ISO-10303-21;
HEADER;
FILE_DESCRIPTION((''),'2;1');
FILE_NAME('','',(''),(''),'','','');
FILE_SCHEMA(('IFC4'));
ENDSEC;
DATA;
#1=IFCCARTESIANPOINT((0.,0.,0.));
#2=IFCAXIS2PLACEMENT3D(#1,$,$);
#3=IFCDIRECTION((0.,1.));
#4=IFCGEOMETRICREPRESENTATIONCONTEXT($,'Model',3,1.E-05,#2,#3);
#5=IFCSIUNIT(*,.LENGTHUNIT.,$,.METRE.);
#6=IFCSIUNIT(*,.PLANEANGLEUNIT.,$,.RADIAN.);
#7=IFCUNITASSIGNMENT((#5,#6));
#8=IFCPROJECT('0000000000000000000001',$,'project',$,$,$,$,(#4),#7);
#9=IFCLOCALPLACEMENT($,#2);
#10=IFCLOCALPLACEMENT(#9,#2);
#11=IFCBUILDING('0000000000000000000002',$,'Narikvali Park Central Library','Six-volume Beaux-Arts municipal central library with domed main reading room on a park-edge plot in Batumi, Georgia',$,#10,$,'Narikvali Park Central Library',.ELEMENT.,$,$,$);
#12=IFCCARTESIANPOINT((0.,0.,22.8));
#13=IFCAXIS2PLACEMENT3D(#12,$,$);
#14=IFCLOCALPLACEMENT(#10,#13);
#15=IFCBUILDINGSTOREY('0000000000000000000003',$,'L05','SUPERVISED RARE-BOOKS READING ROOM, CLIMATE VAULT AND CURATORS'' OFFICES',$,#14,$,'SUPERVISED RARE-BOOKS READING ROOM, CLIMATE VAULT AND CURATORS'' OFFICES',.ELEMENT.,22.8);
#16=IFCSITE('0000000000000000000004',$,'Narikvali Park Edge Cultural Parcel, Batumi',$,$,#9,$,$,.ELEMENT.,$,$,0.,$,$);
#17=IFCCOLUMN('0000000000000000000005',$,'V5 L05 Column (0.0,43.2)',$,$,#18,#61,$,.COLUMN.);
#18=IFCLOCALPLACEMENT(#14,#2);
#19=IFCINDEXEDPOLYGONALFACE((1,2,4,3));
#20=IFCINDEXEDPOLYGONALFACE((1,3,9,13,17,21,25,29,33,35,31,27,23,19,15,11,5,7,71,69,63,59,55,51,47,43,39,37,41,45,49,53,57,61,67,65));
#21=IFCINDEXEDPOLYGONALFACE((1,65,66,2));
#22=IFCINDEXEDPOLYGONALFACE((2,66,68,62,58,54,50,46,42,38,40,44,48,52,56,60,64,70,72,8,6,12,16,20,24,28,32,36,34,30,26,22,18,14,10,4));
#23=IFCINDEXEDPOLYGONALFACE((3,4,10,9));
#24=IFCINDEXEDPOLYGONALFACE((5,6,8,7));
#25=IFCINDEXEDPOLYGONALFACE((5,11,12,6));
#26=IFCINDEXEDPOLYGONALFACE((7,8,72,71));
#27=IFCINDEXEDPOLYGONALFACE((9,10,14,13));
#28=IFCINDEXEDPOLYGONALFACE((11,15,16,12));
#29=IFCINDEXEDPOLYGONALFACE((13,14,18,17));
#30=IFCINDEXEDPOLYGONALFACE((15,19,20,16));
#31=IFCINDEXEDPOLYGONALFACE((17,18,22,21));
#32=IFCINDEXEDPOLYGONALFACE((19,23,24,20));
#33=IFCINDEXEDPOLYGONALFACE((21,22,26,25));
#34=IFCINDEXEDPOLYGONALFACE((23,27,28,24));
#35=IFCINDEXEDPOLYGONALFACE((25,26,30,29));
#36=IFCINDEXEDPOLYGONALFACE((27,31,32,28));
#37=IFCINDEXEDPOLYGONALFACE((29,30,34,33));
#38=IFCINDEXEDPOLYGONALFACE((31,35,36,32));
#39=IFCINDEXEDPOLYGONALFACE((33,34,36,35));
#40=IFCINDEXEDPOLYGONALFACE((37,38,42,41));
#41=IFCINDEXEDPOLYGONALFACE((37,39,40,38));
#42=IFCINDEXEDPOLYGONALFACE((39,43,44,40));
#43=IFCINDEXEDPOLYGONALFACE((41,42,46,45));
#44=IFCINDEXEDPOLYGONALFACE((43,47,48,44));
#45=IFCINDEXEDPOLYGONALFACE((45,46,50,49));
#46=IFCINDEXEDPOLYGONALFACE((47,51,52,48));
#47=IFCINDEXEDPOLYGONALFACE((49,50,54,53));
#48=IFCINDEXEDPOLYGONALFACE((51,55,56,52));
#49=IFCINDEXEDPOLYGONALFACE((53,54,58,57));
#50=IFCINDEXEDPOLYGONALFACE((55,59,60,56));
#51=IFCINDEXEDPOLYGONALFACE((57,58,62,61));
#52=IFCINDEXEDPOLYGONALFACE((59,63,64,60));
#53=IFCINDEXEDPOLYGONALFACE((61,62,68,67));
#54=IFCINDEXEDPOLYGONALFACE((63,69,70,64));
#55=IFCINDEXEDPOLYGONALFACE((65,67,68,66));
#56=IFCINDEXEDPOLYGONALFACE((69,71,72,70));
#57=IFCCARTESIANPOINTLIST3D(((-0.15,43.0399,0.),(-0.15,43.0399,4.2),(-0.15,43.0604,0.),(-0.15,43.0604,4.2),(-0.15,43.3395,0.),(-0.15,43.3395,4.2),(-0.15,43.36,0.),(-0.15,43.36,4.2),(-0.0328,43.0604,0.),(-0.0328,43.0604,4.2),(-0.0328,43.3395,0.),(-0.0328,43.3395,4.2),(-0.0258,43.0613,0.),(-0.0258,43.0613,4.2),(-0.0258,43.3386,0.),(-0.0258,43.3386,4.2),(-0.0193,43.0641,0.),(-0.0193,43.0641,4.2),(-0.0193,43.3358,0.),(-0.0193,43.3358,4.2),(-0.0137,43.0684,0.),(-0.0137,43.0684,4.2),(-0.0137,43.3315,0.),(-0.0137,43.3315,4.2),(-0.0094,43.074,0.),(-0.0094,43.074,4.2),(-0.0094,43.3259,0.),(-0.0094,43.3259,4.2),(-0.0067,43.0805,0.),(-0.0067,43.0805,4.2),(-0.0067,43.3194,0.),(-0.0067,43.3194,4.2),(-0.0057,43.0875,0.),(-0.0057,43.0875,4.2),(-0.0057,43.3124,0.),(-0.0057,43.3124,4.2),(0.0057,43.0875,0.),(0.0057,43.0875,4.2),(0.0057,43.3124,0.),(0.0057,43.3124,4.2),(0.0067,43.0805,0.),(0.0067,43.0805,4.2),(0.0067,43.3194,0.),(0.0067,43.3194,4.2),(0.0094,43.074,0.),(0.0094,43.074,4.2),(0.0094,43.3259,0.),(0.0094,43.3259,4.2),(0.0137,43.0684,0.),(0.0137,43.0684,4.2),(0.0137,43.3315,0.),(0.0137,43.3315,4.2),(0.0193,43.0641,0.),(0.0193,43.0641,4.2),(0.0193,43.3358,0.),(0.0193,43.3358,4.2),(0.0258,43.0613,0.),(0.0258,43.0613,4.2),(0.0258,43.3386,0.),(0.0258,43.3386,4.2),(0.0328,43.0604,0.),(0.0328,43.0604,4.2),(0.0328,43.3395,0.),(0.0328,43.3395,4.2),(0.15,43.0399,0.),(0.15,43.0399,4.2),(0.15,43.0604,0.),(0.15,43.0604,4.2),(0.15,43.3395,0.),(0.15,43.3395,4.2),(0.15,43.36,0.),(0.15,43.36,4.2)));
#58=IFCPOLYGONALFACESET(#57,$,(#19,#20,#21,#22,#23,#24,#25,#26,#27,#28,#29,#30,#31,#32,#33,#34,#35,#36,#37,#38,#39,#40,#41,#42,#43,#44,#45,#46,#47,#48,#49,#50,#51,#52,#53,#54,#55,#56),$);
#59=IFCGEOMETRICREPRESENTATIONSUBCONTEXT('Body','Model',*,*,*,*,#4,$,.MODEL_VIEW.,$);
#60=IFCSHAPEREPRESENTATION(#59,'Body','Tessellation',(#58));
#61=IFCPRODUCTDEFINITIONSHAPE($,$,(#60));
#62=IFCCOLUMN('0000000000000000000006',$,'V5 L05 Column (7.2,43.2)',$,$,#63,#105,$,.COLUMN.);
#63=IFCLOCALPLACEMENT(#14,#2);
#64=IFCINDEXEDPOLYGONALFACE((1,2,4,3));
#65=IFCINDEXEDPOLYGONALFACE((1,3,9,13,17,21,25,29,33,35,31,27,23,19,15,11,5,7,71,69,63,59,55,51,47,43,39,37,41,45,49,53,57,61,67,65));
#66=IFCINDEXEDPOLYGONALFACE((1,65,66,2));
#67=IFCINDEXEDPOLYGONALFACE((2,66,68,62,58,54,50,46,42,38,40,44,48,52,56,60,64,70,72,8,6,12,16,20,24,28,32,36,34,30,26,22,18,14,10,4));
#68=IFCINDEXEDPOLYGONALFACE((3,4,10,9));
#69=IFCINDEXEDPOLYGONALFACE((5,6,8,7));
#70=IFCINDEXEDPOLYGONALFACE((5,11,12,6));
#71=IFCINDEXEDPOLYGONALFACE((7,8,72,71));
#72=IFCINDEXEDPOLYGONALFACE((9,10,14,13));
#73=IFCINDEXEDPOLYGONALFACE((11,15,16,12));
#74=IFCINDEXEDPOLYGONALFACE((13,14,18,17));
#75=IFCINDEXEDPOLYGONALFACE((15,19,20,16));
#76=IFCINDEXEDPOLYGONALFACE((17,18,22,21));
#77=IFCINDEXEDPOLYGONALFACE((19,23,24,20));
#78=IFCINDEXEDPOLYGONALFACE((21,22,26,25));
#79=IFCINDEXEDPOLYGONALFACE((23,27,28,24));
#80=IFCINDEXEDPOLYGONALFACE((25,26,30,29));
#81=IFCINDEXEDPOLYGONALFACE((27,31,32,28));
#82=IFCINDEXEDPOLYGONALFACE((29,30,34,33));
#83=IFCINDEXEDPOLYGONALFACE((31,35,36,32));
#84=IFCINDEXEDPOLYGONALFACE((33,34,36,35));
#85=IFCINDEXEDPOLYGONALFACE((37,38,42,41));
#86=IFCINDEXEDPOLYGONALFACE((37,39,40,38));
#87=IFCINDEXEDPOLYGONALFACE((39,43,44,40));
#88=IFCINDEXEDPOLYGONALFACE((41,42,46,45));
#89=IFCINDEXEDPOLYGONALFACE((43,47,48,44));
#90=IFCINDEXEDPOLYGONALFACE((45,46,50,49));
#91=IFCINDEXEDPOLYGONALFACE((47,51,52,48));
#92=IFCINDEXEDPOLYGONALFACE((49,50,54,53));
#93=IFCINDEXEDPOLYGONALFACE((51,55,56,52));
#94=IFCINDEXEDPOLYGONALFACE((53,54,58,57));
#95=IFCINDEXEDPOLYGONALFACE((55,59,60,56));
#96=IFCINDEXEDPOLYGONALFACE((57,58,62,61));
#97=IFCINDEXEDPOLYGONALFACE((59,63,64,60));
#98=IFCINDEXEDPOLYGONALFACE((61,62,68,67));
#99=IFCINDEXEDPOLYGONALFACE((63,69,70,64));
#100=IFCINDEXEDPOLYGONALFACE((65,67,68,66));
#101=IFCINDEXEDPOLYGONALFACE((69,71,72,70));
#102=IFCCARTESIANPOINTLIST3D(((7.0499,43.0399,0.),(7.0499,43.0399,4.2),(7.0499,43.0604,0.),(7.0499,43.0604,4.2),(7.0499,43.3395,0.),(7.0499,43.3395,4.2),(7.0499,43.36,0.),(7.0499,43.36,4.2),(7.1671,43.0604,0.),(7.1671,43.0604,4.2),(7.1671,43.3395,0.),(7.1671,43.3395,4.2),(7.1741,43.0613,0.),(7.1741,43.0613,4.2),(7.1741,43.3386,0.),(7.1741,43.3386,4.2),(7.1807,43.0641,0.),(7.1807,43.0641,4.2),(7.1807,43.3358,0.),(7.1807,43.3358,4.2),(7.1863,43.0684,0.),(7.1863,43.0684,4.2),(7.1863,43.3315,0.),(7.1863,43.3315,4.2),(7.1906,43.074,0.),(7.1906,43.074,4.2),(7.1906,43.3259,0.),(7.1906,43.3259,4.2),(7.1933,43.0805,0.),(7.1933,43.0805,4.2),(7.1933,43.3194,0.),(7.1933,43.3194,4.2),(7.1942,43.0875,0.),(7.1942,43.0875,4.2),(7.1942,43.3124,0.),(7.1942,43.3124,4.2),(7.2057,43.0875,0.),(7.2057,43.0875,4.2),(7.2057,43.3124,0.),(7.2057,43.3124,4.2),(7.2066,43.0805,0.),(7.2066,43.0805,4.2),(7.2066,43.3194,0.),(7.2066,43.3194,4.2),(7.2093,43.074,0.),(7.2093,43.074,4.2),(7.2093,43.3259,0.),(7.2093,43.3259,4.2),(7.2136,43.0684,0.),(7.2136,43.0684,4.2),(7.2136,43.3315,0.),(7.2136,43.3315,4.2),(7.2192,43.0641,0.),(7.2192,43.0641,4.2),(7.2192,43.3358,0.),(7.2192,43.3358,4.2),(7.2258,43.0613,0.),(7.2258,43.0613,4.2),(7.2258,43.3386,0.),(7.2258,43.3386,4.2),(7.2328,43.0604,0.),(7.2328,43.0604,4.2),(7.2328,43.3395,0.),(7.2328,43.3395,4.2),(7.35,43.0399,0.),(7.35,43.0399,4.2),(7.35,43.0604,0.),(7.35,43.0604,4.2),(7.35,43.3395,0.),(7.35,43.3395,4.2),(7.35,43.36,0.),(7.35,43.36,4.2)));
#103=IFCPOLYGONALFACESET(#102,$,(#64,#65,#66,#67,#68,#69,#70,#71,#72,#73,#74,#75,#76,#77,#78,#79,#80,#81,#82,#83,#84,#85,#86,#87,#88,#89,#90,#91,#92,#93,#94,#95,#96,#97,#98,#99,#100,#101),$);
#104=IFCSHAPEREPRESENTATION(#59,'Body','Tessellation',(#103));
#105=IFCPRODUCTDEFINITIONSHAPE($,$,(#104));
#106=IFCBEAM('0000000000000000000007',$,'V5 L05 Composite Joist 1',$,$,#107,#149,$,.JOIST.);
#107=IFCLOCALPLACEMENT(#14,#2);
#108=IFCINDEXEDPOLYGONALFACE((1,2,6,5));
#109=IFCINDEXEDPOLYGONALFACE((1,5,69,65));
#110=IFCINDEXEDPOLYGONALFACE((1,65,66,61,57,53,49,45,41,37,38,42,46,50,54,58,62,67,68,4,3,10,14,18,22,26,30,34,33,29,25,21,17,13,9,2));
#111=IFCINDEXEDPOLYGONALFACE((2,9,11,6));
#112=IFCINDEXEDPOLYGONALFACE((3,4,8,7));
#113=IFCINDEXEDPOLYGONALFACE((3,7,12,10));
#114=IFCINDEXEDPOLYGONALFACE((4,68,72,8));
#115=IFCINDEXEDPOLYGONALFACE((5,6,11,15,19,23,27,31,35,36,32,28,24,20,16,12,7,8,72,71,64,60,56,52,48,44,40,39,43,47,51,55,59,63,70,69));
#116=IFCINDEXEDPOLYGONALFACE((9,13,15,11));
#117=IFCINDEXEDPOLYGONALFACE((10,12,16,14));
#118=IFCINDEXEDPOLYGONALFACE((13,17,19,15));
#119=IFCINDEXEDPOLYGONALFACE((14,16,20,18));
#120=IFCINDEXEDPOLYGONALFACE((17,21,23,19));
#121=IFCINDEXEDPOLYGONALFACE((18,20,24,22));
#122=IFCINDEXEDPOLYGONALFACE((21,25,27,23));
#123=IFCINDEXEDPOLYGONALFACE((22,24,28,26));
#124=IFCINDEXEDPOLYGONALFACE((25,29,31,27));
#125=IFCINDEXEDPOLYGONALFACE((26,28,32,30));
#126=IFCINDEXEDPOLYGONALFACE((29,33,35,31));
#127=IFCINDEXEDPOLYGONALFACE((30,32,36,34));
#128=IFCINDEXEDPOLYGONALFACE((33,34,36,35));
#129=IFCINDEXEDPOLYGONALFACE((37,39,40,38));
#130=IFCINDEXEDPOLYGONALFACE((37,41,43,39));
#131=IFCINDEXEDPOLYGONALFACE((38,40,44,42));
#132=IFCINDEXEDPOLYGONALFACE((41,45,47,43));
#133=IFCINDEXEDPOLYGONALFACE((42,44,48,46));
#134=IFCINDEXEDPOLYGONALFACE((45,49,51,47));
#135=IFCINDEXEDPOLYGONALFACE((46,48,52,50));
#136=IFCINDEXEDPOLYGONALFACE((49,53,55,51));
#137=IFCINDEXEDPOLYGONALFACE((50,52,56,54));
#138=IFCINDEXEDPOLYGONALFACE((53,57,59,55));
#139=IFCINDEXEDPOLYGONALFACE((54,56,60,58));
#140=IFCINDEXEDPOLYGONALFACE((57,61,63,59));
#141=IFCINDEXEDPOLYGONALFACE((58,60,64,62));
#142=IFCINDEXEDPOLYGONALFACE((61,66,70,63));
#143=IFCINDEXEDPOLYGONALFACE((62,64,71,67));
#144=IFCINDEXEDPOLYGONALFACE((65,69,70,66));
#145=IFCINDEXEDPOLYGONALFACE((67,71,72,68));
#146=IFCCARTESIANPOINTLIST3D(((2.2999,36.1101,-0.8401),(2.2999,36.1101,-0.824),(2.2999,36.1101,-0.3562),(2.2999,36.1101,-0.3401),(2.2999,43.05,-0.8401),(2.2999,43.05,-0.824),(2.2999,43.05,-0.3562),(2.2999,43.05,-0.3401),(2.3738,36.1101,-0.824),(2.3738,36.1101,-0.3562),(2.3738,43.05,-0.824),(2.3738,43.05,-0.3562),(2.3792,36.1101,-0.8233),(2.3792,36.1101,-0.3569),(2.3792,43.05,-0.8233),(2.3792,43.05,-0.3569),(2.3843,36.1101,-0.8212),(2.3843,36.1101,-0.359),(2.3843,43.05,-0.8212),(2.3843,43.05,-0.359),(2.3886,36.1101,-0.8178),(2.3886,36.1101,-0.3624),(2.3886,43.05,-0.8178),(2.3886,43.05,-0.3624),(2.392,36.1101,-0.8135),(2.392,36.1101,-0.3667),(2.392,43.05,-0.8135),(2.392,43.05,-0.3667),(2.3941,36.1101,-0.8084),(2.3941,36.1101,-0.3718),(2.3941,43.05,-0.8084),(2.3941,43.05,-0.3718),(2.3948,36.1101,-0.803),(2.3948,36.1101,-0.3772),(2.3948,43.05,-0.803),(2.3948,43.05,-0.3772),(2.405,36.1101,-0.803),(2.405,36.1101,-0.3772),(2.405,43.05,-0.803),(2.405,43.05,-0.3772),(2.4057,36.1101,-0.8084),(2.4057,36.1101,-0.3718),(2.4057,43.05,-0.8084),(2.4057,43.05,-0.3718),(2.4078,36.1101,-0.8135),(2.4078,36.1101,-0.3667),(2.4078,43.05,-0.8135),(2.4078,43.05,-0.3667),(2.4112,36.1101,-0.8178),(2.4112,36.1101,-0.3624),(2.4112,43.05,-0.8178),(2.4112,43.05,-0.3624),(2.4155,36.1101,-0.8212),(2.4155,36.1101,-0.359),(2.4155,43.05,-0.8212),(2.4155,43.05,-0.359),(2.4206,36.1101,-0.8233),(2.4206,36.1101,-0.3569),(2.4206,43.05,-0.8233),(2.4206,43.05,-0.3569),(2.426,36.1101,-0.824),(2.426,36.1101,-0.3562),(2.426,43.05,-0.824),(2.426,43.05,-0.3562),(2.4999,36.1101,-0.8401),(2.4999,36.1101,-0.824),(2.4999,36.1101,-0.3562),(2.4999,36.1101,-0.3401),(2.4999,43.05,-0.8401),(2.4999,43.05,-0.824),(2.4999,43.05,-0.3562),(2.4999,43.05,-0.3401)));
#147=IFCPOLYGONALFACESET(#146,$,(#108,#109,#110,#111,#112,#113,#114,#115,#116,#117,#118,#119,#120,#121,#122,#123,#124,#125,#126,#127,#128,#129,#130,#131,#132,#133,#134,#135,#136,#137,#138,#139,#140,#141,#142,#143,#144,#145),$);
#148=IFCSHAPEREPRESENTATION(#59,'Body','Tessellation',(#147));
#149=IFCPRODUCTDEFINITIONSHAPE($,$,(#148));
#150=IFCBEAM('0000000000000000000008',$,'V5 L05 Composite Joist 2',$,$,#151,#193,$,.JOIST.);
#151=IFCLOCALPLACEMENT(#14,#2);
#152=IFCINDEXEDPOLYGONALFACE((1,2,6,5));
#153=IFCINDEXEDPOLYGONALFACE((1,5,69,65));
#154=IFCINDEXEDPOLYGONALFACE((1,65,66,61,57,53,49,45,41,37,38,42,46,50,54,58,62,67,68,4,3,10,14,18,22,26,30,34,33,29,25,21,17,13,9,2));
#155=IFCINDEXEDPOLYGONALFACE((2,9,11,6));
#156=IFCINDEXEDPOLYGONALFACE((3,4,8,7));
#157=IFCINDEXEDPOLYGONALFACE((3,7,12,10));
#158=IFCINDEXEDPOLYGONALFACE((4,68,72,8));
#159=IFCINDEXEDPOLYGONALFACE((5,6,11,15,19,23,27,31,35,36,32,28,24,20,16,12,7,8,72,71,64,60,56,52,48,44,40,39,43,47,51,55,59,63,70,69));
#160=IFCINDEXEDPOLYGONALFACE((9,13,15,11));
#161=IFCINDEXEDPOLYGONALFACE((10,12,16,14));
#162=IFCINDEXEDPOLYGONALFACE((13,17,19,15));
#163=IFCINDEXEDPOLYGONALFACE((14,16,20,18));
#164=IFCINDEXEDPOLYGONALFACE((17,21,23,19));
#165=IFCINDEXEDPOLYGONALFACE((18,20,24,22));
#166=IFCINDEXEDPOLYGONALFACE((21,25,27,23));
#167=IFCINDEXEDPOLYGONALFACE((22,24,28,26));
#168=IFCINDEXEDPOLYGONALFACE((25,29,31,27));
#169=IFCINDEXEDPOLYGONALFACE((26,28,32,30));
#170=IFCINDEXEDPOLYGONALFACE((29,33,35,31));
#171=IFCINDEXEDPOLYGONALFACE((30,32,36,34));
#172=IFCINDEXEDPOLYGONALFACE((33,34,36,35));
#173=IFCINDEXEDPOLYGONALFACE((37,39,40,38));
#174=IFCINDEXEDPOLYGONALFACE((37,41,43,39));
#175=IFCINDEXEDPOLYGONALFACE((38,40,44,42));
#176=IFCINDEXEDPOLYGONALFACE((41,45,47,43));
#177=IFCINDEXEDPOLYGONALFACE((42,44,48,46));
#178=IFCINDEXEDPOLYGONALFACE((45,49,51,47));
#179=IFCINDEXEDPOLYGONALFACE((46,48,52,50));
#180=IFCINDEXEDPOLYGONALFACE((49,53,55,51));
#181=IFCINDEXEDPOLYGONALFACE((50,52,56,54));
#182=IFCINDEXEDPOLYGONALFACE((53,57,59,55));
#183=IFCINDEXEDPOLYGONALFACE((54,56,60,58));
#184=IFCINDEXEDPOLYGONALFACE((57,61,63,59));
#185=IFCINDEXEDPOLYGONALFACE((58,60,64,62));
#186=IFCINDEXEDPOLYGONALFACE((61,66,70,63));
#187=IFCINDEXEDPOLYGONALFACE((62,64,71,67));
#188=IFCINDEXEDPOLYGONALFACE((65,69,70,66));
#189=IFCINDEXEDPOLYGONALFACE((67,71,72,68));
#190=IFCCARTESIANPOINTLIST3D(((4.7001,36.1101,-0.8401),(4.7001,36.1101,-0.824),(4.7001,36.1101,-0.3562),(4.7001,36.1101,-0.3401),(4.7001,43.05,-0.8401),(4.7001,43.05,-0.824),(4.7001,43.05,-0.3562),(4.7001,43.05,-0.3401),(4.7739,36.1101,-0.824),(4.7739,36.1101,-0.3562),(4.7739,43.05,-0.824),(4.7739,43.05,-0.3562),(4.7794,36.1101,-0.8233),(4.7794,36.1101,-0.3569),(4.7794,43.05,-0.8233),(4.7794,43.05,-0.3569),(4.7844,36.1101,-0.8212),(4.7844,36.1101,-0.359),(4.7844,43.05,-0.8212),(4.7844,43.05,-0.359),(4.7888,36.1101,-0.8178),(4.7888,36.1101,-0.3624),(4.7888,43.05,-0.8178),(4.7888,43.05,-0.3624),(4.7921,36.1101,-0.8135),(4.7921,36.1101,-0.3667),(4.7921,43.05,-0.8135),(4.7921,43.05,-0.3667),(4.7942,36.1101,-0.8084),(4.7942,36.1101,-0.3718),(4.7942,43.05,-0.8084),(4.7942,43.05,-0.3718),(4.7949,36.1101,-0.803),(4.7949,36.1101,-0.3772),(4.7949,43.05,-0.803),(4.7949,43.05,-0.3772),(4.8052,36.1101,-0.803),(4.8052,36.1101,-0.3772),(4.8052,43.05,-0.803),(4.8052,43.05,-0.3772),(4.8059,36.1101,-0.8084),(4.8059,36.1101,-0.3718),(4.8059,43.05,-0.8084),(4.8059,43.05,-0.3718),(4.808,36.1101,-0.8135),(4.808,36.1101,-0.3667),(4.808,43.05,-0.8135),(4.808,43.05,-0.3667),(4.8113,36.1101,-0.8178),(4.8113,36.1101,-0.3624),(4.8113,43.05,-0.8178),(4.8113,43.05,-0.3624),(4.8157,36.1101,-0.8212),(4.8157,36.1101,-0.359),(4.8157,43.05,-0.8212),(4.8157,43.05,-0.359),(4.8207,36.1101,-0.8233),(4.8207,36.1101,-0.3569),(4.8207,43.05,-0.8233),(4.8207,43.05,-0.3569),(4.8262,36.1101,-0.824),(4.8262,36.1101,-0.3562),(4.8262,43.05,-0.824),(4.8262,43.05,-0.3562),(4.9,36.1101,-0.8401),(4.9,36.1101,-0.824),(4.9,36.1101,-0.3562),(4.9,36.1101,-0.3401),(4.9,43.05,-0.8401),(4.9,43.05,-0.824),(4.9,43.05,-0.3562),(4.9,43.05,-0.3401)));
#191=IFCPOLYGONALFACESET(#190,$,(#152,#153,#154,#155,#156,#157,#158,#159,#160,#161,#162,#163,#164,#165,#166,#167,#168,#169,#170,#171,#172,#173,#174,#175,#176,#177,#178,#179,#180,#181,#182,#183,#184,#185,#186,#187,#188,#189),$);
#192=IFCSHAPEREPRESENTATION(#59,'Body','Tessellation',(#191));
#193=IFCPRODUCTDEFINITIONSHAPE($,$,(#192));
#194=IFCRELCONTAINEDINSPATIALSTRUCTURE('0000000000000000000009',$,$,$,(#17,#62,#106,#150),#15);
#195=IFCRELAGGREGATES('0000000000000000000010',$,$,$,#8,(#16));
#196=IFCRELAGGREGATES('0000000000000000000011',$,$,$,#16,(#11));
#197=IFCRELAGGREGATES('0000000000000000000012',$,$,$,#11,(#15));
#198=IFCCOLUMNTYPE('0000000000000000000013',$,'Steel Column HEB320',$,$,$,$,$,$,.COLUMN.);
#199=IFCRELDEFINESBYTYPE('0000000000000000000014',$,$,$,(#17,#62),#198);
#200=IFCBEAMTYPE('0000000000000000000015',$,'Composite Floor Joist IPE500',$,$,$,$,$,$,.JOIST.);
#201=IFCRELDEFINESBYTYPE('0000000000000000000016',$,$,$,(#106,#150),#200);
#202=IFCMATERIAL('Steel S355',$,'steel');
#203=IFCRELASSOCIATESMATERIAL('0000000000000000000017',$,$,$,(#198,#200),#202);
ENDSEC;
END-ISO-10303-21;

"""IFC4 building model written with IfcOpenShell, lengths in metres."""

from ifc_helpers import new_model, si_unit, direction, frame, origin, origin_2d, place, context, subcontext, project, spatial, i_section, extrude, material, material_profile, profile_set, type_object, element, save


model = new_model("IFC4")

# Units and contexts
model_context = context("Model", 3, precision=1e-05, world=origin(), true_north=direction((0.0, 1.0)))
body_context = subcontext(model_context, "Body", "Model", "MODEL_VIEW")
ifc_project = project(units=[si_unit("LENGTHUNIT", "METRE"), si_unit("PLANEANGLEUNIT", "RADIAN")], contexts=[model_context])

# Site, building, storey
site_placement = place(None, origin())
site = spatial("IfcSite", under=ifc_project, at=site_placement, Name="Narikvali Park Edge Cultural Parcel, Batumi", CompositionType="ELEMENT", RefElevation=0.0)
building_placement = place(site_placement, origin())
building = spatial("IfcBuilding", under=site, at=building_placement, Name="Narikvali Park Central Library", Description="Six-volume Beaux-Arts municipal central library with domed main reading room on a park-edge plot in Batumi, Georgia", LongName="Narikvali Park Central Library", CompositionType="ELEMENT")
storey_placement = place(building_placement, frame((0.0, 0.0, 22.8)))
storey = spatial("IfcBuildingStorey", under=building, at=storey_placement, Name="L05", Description="SUPERVISED RARE-BOOKS READING ROOM, CLIMATE VAULT AND CURATORS' OFFICES", LongName="SUPERVISED RARE-BOOKS READING ROOM, CLIMATE VAULT AND CURATORS' OFFICES", CompositionType="ELEMENT", Elevation=22.8)

# Columns
ifc_material_1 = material(Name="Steel S355", Category="steel")
ifc_material_profile_1 = material_profile(ifc_material_1, i_section(OverallWidth=0.3, OverallDepth=0.3201, WebThickness=0.0115, FlangeThickness=0.0205, FilletRadius=0.0271, at=origin_2d()), Name="HEB 320")
ifc_profile_set_1 = profile_set([ifc_material_profile_1], Name="Steel S355")
column_type = type_object("IfcColumnType", Name="Steel Column HEB320", PredefinedType="COLUMN", material=ifc_profile_set_1)
for number, where, z_axis, x_axis, name in (
    (1, (0.0, 43.2, 0.0), (0.0, 0.0, 1.0), (1.0, 0.0, 0.0), "V5 L05 Column (0.0,43.2)"),
    (2, (7.2, 43.2, 0.0), (0.0, 0.0, 1.0), (1.0, 0.0, 0.0), "V5 L05 Column (7.2,43.2)"),
):
    element("IfcColumn", number, at=place(storey_placement, frame(where, z_axis=z_axis, x_axis=x_axis)), inside=storey, type_object=column_type, Name=name, PredefinedType="COLUMN", context=body_context, shape_type="SweptSolid", body=[
        extrude(i_section(OverallWidth=0.3, OverallDepth=0.3201, WebThickness=0.0115, FlangeThickness=0.0205, FilletRadius=0.0271, at=origin_2d()), origin(), (0.0, 0.0, 1.0), 4.2),
    ])

# Beams
ifc_material_profile_2 = material_profile(ifc_material_1, i_section(OverallWidth=0.2, OverallDepth=0.5, WebThickness=0.0103, FlangeThickness=0.0161, FilletRadius=0.021, at=origin_2d()), Name="IPE 500")
ifc_profile_set_2 = profile_set([ifc_material_profile_2], Name="Steel S355")
beam_type_1 = type_object("IfcBeamType", Name="Composite Floor Joist IPE500", PredefinedType="JOIST", material=ifc_profile_set_2)
for number, where, z_axis, x_axis, name in (
    (3, (2.3999, 36.1101, -0.5901), (0.0, 1.0, 0.0), (-1.0, 0.0, 0.0), "V5 L05 Composite Joist 1"),
    (4, (4.8, 36.1101, -0.5901), (0.0, 1.0, 0.0), (-1.0, 0.0, 0.0), "V5 L05 Composite Joist 2"),
):
    element("IfcBeam", number, at=place(storey_placement, frame(where, z_axis=z_axis, x_axis=x_axis)), inside=storey, type_object=beam_type_1, Name=name, PredefinedType="JOIST", context=body_context, shape_type="SweptSolid", body=[
        extrude(i_section(OverallWidth=0.2, OverallDepth=0.5, WebThickness=0.0103, FlangeThickness=0.0161, FilletRadius=0.021, at=origin_2d()), origin(), (0.0, 0.0, 1.0), 6.9399),
    ])

save(model, "model.ifc")
